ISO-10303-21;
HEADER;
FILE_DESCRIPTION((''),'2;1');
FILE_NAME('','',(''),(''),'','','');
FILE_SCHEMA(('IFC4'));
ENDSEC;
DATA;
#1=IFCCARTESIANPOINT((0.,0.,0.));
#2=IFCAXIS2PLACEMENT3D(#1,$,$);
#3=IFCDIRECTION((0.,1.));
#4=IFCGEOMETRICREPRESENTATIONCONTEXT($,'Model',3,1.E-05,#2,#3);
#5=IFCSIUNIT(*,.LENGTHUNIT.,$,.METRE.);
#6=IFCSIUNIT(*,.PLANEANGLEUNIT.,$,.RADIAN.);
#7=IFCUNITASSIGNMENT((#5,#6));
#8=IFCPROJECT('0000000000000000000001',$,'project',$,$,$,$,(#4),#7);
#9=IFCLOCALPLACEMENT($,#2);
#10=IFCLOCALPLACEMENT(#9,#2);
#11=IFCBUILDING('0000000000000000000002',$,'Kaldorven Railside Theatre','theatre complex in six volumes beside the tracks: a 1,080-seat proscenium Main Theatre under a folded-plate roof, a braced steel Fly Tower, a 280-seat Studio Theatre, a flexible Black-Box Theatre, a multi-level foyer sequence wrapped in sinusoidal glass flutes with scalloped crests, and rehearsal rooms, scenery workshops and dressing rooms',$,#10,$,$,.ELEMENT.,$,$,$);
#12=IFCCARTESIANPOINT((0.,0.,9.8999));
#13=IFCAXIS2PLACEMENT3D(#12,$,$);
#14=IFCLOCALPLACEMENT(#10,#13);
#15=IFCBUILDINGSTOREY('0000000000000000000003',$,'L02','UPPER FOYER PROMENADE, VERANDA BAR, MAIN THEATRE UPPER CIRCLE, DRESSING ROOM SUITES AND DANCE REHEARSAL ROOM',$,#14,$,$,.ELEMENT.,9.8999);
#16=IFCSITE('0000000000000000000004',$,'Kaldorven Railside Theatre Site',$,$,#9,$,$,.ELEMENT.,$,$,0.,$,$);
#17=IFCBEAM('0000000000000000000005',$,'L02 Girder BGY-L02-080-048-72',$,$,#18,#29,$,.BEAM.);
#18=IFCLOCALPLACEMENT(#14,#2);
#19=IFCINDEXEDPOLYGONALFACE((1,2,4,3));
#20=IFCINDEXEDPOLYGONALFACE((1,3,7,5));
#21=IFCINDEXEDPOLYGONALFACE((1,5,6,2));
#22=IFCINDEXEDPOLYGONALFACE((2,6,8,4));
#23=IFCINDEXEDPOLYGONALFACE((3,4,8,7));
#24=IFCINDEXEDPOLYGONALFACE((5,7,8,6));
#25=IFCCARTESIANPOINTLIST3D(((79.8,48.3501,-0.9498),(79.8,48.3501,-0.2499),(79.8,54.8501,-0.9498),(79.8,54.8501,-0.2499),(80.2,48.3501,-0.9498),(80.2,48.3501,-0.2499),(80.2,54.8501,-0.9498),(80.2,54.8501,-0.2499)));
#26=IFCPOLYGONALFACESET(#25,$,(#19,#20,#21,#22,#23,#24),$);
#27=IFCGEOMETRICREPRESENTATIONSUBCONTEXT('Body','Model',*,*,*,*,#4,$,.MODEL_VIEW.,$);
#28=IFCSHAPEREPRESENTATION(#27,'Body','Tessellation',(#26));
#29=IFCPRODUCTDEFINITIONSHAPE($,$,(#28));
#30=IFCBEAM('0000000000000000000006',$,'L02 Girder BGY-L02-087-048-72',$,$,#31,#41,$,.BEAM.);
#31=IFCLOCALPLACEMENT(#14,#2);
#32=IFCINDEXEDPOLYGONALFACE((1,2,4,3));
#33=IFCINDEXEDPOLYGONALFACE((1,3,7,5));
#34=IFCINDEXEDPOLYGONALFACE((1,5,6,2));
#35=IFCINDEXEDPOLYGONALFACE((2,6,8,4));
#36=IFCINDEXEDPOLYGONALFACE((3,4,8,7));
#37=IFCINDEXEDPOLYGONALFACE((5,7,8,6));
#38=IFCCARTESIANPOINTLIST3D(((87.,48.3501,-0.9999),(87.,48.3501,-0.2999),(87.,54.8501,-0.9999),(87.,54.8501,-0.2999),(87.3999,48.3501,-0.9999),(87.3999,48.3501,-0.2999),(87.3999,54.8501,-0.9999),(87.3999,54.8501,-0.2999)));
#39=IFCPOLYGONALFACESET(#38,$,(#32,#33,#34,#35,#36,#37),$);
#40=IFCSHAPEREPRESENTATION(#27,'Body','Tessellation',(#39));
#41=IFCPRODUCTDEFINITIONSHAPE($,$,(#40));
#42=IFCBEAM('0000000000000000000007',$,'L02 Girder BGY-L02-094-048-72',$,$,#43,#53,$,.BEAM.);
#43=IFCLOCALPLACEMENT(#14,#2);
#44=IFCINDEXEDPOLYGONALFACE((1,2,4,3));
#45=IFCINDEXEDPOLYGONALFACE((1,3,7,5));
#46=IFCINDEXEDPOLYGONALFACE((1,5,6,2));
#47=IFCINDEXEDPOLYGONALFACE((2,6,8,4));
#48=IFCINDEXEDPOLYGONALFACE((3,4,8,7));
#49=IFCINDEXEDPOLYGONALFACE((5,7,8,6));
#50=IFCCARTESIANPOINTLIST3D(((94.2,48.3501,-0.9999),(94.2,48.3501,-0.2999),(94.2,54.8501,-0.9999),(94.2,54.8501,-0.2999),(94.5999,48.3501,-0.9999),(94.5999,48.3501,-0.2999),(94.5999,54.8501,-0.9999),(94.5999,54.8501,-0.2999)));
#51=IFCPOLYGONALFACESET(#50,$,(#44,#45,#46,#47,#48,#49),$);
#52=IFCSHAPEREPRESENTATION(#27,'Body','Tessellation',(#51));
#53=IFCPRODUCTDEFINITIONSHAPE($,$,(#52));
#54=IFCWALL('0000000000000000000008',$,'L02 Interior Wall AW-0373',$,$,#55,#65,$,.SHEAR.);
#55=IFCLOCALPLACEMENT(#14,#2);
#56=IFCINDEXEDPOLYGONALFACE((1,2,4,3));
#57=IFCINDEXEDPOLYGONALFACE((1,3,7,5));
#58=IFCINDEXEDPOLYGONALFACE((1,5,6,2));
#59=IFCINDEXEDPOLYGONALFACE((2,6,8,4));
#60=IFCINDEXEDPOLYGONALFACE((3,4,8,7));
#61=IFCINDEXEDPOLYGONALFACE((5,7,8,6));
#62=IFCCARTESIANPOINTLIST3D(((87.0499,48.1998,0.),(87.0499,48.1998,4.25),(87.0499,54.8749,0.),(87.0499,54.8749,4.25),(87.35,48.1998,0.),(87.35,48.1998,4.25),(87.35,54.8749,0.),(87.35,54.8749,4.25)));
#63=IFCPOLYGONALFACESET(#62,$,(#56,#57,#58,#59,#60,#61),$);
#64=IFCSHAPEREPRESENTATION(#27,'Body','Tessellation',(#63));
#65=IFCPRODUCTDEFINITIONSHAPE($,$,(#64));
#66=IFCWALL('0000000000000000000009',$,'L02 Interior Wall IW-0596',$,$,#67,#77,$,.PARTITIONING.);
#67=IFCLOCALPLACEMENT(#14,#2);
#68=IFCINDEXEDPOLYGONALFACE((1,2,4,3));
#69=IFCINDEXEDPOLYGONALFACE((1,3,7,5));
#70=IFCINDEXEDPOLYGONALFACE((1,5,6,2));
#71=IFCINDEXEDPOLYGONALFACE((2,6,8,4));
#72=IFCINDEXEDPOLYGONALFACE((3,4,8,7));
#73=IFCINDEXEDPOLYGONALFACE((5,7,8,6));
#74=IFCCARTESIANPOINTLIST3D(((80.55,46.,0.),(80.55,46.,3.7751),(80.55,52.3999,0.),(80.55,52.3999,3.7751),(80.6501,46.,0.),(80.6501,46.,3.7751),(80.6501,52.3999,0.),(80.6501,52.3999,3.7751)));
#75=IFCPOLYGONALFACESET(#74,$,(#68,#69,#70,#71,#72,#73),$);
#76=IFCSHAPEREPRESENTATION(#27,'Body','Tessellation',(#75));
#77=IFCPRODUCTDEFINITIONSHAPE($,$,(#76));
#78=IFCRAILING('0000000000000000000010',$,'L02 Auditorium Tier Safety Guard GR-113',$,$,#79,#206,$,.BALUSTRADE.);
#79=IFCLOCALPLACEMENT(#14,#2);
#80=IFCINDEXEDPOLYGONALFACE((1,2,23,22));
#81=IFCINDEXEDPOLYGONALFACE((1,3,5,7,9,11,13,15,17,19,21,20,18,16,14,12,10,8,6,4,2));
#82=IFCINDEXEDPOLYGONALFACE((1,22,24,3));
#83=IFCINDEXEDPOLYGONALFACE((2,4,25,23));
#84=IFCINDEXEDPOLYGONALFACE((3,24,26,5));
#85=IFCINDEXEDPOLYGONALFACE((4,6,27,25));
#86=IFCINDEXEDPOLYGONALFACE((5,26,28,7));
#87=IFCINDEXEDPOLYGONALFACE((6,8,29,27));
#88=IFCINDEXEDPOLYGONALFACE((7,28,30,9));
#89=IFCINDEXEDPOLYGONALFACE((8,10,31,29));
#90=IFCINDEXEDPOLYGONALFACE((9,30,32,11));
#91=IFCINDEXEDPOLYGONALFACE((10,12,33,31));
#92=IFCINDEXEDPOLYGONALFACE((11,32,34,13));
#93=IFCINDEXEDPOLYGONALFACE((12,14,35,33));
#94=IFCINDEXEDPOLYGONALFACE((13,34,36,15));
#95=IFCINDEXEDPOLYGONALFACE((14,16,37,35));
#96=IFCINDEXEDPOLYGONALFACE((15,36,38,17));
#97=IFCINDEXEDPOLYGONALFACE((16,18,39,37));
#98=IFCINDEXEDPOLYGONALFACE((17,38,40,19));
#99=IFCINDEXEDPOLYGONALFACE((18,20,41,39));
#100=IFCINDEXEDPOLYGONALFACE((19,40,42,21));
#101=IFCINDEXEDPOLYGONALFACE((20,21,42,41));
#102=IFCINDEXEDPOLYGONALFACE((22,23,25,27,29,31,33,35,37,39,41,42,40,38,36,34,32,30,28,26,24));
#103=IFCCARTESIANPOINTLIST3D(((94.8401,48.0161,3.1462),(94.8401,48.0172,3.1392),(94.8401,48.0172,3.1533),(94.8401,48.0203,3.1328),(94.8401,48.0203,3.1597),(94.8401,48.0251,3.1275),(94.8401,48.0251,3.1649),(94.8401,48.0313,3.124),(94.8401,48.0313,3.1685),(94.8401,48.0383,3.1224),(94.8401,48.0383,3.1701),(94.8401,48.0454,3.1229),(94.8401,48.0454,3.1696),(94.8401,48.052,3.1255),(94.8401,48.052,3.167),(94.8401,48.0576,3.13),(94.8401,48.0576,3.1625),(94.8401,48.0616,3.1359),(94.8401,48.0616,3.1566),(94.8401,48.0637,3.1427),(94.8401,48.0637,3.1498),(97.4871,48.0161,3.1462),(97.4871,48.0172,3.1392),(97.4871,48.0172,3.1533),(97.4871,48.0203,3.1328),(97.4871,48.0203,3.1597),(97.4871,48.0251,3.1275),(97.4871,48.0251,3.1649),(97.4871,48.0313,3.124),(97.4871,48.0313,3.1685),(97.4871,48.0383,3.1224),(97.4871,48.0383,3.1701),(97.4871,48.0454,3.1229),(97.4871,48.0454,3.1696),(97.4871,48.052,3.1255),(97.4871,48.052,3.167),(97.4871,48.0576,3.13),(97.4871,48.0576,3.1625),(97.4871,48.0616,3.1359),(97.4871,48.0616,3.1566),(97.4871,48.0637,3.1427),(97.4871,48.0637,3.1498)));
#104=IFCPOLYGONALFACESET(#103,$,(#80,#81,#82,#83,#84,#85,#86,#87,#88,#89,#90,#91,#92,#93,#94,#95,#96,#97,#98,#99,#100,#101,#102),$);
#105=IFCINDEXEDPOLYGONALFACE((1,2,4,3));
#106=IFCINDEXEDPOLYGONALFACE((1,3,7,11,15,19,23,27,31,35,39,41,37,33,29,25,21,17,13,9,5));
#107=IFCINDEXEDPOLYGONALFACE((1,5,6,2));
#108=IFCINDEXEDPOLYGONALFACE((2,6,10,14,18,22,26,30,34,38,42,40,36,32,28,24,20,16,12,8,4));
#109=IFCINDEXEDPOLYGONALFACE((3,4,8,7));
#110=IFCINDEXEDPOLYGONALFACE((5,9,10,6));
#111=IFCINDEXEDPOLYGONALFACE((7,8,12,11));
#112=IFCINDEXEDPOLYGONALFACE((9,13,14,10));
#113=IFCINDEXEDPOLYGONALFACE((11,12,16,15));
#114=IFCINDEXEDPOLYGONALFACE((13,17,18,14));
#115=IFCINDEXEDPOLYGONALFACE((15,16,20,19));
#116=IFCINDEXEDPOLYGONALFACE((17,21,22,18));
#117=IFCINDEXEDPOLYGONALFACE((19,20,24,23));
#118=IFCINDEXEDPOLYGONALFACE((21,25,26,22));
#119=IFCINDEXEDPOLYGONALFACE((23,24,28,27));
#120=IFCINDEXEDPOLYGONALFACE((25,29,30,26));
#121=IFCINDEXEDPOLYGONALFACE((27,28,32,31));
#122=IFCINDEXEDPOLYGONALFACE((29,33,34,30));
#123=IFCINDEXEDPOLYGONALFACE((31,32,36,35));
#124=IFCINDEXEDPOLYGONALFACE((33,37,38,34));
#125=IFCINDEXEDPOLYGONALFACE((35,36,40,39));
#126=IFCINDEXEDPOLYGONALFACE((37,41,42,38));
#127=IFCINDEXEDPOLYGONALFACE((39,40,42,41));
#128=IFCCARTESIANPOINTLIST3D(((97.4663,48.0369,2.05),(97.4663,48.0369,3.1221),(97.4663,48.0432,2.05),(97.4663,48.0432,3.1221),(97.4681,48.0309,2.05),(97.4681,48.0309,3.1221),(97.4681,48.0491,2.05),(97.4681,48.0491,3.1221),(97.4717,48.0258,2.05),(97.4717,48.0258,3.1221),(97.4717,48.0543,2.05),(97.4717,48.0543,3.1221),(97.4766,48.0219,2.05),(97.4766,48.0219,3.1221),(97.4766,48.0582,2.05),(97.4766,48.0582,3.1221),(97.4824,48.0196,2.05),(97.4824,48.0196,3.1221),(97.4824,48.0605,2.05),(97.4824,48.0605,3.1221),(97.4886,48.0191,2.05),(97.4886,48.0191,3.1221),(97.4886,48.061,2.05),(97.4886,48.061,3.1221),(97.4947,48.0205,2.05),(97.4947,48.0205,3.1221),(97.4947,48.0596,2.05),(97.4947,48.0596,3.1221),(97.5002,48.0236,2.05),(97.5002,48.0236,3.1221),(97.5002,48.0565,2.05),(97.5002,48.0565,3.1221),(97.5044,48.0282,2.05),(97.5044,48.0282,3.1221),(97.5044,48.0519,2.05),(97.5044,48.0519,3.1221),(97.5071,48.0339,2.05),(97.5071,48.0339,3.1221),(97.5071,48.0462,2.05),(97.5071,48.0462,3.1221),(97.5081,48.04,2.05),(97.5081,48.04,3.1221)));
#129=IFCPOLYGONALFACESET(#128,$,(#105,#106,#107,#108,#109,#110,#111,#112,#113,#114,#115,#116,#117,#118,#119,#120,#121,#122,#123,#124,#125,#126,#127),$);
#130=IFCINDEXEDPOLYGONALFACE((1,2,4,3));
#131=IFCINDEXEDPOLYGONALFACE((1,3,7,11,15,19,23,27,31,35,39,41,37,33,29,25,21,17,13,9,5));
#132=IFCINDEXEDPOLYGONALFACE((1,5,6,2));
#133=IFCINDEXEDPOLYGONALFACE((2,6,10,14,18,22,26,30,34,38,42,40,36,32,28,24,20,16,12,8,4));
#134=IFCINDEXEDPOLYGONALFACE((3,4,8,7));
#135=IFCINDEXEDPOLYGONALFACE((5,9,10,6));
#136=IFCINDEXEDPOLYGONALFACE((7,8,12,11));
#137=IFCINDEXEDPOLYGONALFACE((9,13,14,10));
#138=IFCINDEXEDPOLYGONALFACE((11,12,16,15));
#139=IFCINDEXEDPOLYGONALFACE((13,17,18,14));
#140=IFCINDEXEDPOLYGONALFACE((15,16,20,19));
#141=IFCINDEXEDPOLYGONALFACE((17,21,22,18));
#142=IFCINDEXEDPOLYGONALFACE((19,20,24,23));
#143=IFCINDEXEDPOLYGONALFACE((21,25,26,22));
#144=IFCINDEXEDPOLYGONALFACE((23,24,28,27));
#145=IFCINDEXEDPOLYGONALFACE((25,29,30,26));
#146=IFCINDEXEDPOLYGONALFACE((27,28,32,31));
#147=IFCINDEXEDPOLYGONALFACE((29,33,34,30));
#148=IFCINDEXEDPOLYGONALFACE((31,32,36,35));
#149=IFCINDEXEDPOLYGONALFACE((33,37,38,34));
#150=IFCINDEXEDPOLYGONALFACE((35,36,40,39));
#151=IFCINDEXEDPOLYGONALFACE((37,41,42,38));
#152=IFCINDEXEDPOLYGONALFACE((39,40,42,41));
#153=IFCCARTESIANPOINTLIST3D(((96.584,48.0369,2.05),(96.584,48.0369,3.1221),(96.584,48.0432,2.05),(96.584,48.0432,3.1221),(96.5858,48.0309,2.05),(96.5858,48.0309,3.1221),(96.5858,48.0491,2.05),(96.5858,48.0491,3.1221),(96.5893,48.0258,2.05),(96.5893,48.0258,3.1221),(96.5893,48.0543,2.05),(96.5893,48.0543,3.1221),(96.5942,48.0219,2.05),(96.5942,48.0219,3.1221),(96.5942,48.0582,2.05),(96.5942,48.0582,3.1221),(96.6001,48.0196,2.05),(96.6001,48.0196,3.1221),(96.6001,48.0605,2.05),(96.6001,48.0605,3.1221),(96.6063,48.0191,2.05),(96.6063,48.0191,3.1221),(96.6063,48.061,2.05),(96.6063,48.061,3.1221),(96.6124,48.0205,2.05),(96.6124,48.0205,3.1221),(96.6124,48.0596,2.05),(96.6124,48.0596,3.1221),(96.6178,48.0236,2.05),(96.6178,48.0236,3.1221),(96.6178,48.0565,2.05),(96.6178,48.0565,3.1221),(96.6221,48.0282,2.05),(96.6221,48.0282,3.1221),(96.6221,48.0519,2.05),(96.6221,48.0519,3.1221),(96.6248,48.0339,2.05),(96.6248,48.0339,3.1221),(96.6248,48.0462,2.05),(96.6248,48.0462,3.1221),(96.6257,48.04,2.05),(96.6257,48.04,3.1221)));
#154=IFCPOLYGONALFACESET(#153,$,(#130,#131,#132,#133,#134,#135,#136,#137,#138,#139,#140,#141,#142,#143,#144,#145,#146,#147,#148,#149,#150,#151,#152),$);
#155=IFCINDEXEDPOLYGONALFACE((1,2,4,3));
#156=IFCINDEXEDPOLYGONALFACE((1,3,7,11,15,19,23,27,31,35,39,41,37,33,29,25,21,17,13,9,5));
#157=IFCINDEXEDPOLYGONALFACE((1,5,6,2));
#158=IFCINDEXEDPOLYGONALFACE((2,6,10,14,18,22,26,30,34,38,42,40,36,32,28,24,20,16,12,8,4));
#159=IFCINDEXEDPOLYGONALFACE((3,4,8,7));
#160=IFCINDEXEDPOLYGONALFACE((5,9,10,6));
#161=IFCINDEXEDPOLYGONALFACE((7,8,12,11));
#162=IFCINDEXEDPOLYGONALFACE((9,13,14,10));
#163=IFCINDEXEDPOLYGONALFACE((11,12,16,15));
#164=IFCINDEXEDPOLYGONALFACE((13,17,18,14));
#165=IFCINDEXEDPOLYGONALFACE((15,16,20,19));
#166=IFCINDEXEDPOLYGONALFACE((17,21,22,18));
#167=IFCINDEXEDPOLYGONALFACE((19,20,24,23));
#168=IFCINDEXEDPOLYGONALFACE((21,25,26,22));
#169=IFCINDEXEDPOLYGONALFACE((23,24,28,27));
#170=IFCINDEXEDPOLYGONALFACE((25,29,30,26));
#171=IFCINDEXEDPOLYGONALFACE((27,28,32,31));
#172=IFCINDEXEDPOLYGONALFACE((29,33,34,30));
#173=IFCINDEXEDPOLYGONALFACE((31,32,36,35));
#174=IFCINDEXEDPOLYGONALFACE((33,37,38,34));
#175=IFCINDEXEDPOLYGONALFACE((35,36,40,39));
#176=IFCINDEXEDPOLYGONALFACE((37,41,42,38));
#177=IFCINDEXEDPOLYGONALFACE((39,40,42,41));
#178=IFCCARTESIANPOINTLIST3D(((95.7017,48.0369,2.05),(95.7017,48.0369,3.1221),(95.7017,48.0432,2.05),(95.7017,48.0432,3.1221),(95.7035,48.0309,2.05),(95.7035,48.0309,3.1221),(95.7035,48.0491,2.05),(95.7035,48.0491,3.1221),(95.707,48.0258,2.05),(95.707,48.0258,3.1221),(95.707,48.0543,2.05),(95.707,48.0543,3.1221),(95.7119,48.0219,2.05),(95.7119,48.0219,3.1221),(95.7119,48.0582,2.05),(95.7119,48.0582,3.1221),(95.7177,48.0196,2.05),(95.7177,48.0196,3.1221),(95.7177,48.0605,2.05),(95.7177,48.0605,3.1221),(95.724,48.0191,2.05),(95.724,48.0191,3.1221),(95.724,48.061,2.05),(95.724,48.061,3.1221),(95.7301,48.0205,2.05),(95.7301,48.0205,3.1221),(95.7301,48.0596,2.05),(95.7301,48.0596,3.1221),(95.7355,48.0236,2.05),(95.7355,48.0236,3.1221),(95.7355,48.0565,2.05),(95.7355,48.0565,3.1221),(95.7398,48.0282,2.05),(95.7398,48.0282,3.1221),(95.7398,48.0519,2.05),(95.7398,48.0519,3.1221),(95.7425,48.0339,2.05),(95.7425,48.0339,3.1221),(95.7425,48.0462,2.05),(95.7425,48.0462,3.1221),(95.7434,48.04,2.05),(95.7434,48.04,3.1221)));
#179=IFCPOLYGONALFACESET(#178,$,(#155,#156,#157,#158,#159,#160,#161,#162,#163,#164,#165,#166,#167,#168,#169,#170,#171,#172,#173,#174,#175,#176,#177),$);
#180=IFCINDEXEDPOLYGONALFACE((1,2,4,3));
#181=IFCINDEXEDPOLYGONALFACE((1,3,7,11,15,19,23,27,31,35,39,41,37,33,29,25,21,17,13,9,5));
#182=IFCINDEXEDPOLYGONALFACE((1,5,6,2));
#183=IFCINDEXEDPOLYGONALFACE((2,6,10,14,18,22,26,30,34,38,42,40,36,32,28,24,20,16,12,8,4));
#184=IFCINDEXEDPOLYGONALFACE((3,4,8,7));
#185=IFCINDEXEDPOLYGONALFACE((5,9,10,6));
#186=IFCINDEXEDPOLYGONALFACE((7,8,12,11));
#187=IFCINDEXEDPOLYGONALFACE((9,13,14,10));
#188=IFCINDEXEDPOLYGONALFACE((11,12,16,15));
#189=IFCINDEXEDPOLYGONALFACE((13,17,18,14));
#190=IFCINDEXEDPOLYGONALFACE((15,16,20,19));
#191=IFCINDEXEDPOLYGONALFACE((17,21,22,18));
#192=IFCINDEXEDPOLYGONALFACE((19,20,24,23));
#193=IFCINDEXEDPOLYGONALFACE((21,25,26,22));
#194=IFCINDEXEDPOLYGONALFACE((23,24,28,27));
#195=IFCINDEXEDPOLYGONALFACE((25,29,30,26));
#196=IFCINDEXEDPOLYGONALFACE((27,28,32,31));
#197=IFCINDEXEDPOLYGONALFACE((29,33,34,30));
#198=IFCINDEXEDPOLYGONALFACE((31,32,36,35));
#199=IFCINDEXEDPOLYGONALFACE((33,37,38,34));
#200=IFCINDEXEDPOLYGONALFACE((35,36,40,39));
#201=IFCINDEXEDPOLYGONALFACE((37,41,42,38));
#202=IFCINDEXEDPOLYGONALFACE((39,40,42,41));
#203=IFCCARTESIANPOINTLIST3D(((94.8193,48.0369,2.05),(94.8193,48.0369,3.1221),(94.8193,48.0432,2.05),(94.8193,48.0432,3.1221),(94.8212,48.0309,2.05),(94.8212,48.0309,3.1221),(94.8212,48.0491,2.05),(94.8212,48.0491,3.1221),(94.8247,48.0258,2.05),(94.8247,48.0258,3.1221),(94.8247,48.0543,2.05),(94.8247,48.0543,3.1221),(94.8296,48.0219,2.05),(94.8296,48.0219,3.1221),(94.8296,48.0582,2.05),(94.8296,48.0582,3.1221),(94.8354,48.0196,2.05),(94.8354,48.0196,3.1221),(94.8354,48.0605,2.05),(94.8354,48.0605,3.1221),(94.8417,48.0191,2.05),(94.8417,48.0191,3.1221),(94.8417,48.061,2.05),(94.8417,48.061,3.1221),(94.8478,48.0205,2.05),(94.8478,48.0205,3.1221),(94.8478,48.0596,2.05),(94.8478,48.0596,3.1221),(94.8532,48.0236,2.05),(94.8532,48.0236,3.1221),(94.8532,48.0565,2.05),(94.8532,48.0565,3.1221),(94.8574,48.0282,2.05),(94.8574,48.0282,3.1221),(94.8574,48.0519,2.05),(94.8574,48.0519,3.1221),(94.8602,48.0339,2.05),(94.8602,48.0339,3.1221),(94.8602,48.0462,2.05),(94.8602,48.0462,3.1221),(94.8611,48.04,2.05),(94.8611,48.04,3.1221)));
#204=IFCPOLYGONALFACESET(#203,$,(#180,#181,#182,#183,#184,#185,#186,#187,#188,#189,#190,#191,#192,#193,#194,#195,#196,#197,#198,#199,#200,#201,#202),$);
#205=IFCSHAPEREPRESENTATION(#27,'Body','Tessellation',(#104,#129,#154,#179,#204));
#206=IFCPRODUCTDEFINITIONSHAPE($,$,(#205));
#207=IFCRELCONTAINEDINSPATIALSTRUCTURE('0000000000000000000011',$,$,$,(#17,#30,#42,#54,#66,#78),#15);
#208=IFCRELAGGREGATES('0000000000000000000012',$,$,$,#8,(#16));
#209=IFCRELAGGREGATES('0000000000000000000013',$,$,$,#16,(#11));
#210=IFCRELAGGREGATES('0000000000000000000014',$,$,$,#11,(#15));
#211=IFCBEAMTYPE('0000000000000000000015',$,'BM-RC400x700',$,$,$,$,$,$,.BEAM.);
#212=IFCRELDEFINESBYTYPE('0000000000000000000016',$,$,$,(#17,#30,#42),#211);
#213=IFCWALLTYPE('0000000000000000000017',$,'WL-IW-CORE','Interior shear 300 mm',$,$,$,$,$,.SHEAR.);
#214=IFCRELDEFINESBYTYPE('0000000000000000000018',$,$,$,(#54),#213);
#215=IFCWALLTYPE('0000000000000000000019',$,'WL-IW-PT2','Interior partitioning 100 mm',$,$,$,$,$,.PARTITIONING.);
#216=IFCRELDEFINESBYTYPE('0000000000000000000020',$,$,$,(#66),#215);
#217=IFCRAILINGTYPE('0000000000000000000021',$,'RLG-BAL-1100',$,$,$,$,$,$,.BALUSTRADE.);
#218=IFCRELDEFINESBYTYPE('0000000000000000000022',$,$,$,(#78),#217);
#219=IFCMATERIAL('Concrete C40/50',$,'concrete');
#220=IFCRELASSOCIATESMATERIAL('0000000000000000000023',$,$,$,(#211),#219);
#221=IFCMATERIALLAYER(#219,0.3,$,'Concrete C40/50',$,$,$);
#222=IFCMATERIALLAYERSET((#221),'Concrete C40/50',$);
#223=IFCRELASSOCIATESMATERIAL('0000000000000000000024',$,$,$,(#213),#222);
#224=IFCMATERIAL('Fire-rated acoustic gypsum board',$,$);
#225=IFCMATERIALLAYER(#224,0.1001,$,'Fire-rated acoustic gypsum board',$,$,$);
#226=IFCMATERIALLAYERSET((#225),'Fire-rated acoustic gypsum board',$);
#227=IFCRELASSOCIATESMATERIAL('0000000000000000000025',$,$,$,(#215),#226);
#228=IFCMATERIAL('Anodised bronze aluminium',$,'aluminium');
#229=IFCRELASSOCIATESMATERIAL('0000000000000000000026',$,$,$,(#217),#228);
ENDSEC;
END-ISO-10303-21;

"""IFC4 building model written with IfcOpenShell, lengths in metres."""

from ifc_helpers import new_model, si_unit, direction, frame, frame_2d, origin, origin_2d, place, context, subcontext, project, spatial, rectangle, circle, extrude, material, layer, layer_set, material_profile, profile_set, type_object, element, save


model = new_model("IFC4")

# Units and contexts
model_context = context("Model", 3, precision=1e-05, world=origin(), true_north=direction((0.0, 1.0)))
body_context = subcontext(model_context, "Body", "Model", "MODEL_VIEW")
ifc_project = project(units=[si_unit("LENGTHUNIT", "METRE"), si_unit("PLANEANGLEUNIT", "RADIAN")], contexts=[model_context])

# Site, building, storey
site_placement = place(None, origin())
site = spatial("IfcSite", under=ifc_project, at=site_placement, Name="Kaldorven Railside Theatre Site", CompositionType="ELEMENT", RefElevation=0.0)
building_placement = place(site_placement, origin())
building = spatial("IfcBuilding", under=site, at=building_placement, Name="Kaldorven Railside Theatre", Description="theatre complex in six volumes beside the tracks: a 1,080-seat proscenium Main Theatre under a folded-plate roof, a braced steel Fly Tower, a 280-seat Studio Theatre, a flexible Black-Box Theatre, a multi-level foyer sequence wrapped in sinusoidal glass flutes with scalloped crests, and rehearsal rooms, scenery workshops and dressing rooms", CompositionType="ELEMENT")
storey_placement = place(building_placement, frame((0.0, 0.0, 9.8999)))
storey = spatial("IfcBuildingStorey", under=building, at=storey_placement, Name="L02", Description="UPPER FOYER PROMENADE, VERANDA BAR, MAIN THEATRE UPPER CIRCLE, DRESSING ROOM SUITES AND DANCE REHEARSAL ROOM", CompositionType="ELEMENT", Elevation=9.8999)

# Beams
ifc_material_1 = material(Name="Concrete C40/50", Category="concrete")
ifc_material_profile_1 = material_profile(ifc_material_1, rectangle(XDim=0.3999, YDim=0.7, at=origin_2d()), Name="RC 400x700")
ifc_profile_set_1 = profile_set([ifc_material_profile_1], Name="Concrete C40/50")
beam_type_1 = type_object("IfcBeamType", Name="BM-RC400x700", PredefinedType="BEAM", material=ifc_profile_set_1)
for number, where, z_axis, x_axis, name in (
    (1, (80.0, 48.3501, -0.5999), (0.0, 1.0, 0.0), (-1.0, 0.0, 0.0), "L02 Girder BGY-L02-080-048-72"),
    (2, (87.2, 48.3501, -0.6499), (0.0, 1.0, 0.0), (-1.0, 0.0, 0.0), "L02 Girder BGY-L02-087-048-72"),
    (3, (94.3999, 48.3501, -0.6499), (0.0, 1.0, 0.0), (-1.0, 0.0, 0.0), "L02 Girder BGY-L02-094-048-72"),
):
    element("IfcBeam", number, at=place(storey_placement, frame(where, z_axis=z_axis, x_axis=x_axis)), inside=storey, type_object=beam_type_1, Name=name, PredefinedType="BEAM", context=body_context, shape_type="SweptSolid", body=[
        extrude(rectangle(XDim=0.3999, YDim=0.7, at=origin_2d()), origin(), (0.0, 0.0, 1.0), 6.5),
    ])

# Walls
ifc_layer_1 = layer(ifc_material_1, 0.3, Name="Concrete C40/50")
ifc_layer_set_1 = layer_set([ifc_layer_1], Name="Concrete C40/50")
wall_type_1 = type_object("IfcWallType", Name="WL-IW-CORE", Description="Interior shear 300 mm", PredefinedType="SHEAR", material=ifc_layer_set_1)
wall_1_placement = place(storey_placement, frame((87.2, 48.2, 0.0), z_axis=(0.0, 0.0, 1.0), x_axis=(0.0, 1.0, 0.0)))
element("IfcWall", 4, at=wall_1_placement, inside=storey, type_object=wall_type_1, Name="L02 Interior Wall AW-0373", PredefinedType="SHEAR", context=body_context, shape_type="SweptSolid", body=[
    extrude(rectangle(XDim=6.675, YDim=0.3, at=frame_2d((3.3374, 0.0))), origin(), (0.0, 0.0, 1.0), 4.25),
])
ifc_material_2 = material(Name="Fire-rated acoustic gypsum board")
ifc_layer_2 = layer(ifc_material_2, 0.1001, Name="Fire-rated acoustic gypsum board")
ifc_layer_set_2 = layer_set([ifc_layer_2], Name="Fire-rated acoustic gypsum board")
wall_type_2 = type_object("IfcWallType", Name="WL-IW-PT2", Description="Interior partitioning 100 mm", PredefinedType="PARTITIONING", material=ifc_layer_set_2)
wall_2_placement = place(storey_placement, frame((80.6001, 52.3999, 0.0), z_axis=(0.0, 0.0, 1.0), x_axis=(0.0, -1.0, 0.0)))
element("IfcWall", 5, at=wall_2_placement, inside=storey, type_object=wall_type_2, Name="L02 Interior Wall IW-0596", PredefinedType="PARTITIONING", context=body_context, shape_type="SweptSolid", body=[
    extrude(rectangle(XDim=6.3999, YDim=0.1001, at=frame_2d((3.2, 0.0))), origin(), (0.0, 0.0, 1.0), 3.7751),
])

# Railing
ifc_material_3 = material(Name="Anodised bronze aluminium", Category="aluminium")
railing_type = type_object("IfcRailingType", Name="RLG-BAL-1100", PredefinedType="BALUSTRADE", material=ifc_material_3)
railing_1_placement = place(storey_placement, frame((97.4871, 48.04, 2.05)))
element("IfcRailing", 6, at=railing_1_placement, inside=storey, type_object=railing_type, Name="L02 Auditorium Tier Safety Guard GR-113", PredefinedType="BALUSTRADE", context=body_context, shape_type="SweptSolid", body=[
    extrude(circle(Radius=0.0239, at=origin_2d()), frame((0.0, 0.0, 1.0962), z_axis=(-1.0, 0.0, 0.0), x_axis=(0.0, -1.0, 0.0)), (0.0, 0.0, 1.0), 2.647),
    extrude(circle(Radius=0.021, at=origin_2d()), origin(), (0.0, 0.0, 1.0), 1.072),
    extrude(circle(Radius=0.021, at=origin_2d()), frame((-0.8823, 0.0, 0.0)), (0.0, 0.0, 1.0), 1.072),
    extrude(circle(Radius=0.021, at=origin_2d()), frame((-1.7646, 0.0, 0.0)), (0.0, 0.0, 1.0), 1.072),
    extrude(circle(Radius=0.021, at=origin_2d()), frame((-2.647, 0.0, 0.0)), (0.0, 0.0, 1.0), 1.072),
])

save(model, "model.ifc")
